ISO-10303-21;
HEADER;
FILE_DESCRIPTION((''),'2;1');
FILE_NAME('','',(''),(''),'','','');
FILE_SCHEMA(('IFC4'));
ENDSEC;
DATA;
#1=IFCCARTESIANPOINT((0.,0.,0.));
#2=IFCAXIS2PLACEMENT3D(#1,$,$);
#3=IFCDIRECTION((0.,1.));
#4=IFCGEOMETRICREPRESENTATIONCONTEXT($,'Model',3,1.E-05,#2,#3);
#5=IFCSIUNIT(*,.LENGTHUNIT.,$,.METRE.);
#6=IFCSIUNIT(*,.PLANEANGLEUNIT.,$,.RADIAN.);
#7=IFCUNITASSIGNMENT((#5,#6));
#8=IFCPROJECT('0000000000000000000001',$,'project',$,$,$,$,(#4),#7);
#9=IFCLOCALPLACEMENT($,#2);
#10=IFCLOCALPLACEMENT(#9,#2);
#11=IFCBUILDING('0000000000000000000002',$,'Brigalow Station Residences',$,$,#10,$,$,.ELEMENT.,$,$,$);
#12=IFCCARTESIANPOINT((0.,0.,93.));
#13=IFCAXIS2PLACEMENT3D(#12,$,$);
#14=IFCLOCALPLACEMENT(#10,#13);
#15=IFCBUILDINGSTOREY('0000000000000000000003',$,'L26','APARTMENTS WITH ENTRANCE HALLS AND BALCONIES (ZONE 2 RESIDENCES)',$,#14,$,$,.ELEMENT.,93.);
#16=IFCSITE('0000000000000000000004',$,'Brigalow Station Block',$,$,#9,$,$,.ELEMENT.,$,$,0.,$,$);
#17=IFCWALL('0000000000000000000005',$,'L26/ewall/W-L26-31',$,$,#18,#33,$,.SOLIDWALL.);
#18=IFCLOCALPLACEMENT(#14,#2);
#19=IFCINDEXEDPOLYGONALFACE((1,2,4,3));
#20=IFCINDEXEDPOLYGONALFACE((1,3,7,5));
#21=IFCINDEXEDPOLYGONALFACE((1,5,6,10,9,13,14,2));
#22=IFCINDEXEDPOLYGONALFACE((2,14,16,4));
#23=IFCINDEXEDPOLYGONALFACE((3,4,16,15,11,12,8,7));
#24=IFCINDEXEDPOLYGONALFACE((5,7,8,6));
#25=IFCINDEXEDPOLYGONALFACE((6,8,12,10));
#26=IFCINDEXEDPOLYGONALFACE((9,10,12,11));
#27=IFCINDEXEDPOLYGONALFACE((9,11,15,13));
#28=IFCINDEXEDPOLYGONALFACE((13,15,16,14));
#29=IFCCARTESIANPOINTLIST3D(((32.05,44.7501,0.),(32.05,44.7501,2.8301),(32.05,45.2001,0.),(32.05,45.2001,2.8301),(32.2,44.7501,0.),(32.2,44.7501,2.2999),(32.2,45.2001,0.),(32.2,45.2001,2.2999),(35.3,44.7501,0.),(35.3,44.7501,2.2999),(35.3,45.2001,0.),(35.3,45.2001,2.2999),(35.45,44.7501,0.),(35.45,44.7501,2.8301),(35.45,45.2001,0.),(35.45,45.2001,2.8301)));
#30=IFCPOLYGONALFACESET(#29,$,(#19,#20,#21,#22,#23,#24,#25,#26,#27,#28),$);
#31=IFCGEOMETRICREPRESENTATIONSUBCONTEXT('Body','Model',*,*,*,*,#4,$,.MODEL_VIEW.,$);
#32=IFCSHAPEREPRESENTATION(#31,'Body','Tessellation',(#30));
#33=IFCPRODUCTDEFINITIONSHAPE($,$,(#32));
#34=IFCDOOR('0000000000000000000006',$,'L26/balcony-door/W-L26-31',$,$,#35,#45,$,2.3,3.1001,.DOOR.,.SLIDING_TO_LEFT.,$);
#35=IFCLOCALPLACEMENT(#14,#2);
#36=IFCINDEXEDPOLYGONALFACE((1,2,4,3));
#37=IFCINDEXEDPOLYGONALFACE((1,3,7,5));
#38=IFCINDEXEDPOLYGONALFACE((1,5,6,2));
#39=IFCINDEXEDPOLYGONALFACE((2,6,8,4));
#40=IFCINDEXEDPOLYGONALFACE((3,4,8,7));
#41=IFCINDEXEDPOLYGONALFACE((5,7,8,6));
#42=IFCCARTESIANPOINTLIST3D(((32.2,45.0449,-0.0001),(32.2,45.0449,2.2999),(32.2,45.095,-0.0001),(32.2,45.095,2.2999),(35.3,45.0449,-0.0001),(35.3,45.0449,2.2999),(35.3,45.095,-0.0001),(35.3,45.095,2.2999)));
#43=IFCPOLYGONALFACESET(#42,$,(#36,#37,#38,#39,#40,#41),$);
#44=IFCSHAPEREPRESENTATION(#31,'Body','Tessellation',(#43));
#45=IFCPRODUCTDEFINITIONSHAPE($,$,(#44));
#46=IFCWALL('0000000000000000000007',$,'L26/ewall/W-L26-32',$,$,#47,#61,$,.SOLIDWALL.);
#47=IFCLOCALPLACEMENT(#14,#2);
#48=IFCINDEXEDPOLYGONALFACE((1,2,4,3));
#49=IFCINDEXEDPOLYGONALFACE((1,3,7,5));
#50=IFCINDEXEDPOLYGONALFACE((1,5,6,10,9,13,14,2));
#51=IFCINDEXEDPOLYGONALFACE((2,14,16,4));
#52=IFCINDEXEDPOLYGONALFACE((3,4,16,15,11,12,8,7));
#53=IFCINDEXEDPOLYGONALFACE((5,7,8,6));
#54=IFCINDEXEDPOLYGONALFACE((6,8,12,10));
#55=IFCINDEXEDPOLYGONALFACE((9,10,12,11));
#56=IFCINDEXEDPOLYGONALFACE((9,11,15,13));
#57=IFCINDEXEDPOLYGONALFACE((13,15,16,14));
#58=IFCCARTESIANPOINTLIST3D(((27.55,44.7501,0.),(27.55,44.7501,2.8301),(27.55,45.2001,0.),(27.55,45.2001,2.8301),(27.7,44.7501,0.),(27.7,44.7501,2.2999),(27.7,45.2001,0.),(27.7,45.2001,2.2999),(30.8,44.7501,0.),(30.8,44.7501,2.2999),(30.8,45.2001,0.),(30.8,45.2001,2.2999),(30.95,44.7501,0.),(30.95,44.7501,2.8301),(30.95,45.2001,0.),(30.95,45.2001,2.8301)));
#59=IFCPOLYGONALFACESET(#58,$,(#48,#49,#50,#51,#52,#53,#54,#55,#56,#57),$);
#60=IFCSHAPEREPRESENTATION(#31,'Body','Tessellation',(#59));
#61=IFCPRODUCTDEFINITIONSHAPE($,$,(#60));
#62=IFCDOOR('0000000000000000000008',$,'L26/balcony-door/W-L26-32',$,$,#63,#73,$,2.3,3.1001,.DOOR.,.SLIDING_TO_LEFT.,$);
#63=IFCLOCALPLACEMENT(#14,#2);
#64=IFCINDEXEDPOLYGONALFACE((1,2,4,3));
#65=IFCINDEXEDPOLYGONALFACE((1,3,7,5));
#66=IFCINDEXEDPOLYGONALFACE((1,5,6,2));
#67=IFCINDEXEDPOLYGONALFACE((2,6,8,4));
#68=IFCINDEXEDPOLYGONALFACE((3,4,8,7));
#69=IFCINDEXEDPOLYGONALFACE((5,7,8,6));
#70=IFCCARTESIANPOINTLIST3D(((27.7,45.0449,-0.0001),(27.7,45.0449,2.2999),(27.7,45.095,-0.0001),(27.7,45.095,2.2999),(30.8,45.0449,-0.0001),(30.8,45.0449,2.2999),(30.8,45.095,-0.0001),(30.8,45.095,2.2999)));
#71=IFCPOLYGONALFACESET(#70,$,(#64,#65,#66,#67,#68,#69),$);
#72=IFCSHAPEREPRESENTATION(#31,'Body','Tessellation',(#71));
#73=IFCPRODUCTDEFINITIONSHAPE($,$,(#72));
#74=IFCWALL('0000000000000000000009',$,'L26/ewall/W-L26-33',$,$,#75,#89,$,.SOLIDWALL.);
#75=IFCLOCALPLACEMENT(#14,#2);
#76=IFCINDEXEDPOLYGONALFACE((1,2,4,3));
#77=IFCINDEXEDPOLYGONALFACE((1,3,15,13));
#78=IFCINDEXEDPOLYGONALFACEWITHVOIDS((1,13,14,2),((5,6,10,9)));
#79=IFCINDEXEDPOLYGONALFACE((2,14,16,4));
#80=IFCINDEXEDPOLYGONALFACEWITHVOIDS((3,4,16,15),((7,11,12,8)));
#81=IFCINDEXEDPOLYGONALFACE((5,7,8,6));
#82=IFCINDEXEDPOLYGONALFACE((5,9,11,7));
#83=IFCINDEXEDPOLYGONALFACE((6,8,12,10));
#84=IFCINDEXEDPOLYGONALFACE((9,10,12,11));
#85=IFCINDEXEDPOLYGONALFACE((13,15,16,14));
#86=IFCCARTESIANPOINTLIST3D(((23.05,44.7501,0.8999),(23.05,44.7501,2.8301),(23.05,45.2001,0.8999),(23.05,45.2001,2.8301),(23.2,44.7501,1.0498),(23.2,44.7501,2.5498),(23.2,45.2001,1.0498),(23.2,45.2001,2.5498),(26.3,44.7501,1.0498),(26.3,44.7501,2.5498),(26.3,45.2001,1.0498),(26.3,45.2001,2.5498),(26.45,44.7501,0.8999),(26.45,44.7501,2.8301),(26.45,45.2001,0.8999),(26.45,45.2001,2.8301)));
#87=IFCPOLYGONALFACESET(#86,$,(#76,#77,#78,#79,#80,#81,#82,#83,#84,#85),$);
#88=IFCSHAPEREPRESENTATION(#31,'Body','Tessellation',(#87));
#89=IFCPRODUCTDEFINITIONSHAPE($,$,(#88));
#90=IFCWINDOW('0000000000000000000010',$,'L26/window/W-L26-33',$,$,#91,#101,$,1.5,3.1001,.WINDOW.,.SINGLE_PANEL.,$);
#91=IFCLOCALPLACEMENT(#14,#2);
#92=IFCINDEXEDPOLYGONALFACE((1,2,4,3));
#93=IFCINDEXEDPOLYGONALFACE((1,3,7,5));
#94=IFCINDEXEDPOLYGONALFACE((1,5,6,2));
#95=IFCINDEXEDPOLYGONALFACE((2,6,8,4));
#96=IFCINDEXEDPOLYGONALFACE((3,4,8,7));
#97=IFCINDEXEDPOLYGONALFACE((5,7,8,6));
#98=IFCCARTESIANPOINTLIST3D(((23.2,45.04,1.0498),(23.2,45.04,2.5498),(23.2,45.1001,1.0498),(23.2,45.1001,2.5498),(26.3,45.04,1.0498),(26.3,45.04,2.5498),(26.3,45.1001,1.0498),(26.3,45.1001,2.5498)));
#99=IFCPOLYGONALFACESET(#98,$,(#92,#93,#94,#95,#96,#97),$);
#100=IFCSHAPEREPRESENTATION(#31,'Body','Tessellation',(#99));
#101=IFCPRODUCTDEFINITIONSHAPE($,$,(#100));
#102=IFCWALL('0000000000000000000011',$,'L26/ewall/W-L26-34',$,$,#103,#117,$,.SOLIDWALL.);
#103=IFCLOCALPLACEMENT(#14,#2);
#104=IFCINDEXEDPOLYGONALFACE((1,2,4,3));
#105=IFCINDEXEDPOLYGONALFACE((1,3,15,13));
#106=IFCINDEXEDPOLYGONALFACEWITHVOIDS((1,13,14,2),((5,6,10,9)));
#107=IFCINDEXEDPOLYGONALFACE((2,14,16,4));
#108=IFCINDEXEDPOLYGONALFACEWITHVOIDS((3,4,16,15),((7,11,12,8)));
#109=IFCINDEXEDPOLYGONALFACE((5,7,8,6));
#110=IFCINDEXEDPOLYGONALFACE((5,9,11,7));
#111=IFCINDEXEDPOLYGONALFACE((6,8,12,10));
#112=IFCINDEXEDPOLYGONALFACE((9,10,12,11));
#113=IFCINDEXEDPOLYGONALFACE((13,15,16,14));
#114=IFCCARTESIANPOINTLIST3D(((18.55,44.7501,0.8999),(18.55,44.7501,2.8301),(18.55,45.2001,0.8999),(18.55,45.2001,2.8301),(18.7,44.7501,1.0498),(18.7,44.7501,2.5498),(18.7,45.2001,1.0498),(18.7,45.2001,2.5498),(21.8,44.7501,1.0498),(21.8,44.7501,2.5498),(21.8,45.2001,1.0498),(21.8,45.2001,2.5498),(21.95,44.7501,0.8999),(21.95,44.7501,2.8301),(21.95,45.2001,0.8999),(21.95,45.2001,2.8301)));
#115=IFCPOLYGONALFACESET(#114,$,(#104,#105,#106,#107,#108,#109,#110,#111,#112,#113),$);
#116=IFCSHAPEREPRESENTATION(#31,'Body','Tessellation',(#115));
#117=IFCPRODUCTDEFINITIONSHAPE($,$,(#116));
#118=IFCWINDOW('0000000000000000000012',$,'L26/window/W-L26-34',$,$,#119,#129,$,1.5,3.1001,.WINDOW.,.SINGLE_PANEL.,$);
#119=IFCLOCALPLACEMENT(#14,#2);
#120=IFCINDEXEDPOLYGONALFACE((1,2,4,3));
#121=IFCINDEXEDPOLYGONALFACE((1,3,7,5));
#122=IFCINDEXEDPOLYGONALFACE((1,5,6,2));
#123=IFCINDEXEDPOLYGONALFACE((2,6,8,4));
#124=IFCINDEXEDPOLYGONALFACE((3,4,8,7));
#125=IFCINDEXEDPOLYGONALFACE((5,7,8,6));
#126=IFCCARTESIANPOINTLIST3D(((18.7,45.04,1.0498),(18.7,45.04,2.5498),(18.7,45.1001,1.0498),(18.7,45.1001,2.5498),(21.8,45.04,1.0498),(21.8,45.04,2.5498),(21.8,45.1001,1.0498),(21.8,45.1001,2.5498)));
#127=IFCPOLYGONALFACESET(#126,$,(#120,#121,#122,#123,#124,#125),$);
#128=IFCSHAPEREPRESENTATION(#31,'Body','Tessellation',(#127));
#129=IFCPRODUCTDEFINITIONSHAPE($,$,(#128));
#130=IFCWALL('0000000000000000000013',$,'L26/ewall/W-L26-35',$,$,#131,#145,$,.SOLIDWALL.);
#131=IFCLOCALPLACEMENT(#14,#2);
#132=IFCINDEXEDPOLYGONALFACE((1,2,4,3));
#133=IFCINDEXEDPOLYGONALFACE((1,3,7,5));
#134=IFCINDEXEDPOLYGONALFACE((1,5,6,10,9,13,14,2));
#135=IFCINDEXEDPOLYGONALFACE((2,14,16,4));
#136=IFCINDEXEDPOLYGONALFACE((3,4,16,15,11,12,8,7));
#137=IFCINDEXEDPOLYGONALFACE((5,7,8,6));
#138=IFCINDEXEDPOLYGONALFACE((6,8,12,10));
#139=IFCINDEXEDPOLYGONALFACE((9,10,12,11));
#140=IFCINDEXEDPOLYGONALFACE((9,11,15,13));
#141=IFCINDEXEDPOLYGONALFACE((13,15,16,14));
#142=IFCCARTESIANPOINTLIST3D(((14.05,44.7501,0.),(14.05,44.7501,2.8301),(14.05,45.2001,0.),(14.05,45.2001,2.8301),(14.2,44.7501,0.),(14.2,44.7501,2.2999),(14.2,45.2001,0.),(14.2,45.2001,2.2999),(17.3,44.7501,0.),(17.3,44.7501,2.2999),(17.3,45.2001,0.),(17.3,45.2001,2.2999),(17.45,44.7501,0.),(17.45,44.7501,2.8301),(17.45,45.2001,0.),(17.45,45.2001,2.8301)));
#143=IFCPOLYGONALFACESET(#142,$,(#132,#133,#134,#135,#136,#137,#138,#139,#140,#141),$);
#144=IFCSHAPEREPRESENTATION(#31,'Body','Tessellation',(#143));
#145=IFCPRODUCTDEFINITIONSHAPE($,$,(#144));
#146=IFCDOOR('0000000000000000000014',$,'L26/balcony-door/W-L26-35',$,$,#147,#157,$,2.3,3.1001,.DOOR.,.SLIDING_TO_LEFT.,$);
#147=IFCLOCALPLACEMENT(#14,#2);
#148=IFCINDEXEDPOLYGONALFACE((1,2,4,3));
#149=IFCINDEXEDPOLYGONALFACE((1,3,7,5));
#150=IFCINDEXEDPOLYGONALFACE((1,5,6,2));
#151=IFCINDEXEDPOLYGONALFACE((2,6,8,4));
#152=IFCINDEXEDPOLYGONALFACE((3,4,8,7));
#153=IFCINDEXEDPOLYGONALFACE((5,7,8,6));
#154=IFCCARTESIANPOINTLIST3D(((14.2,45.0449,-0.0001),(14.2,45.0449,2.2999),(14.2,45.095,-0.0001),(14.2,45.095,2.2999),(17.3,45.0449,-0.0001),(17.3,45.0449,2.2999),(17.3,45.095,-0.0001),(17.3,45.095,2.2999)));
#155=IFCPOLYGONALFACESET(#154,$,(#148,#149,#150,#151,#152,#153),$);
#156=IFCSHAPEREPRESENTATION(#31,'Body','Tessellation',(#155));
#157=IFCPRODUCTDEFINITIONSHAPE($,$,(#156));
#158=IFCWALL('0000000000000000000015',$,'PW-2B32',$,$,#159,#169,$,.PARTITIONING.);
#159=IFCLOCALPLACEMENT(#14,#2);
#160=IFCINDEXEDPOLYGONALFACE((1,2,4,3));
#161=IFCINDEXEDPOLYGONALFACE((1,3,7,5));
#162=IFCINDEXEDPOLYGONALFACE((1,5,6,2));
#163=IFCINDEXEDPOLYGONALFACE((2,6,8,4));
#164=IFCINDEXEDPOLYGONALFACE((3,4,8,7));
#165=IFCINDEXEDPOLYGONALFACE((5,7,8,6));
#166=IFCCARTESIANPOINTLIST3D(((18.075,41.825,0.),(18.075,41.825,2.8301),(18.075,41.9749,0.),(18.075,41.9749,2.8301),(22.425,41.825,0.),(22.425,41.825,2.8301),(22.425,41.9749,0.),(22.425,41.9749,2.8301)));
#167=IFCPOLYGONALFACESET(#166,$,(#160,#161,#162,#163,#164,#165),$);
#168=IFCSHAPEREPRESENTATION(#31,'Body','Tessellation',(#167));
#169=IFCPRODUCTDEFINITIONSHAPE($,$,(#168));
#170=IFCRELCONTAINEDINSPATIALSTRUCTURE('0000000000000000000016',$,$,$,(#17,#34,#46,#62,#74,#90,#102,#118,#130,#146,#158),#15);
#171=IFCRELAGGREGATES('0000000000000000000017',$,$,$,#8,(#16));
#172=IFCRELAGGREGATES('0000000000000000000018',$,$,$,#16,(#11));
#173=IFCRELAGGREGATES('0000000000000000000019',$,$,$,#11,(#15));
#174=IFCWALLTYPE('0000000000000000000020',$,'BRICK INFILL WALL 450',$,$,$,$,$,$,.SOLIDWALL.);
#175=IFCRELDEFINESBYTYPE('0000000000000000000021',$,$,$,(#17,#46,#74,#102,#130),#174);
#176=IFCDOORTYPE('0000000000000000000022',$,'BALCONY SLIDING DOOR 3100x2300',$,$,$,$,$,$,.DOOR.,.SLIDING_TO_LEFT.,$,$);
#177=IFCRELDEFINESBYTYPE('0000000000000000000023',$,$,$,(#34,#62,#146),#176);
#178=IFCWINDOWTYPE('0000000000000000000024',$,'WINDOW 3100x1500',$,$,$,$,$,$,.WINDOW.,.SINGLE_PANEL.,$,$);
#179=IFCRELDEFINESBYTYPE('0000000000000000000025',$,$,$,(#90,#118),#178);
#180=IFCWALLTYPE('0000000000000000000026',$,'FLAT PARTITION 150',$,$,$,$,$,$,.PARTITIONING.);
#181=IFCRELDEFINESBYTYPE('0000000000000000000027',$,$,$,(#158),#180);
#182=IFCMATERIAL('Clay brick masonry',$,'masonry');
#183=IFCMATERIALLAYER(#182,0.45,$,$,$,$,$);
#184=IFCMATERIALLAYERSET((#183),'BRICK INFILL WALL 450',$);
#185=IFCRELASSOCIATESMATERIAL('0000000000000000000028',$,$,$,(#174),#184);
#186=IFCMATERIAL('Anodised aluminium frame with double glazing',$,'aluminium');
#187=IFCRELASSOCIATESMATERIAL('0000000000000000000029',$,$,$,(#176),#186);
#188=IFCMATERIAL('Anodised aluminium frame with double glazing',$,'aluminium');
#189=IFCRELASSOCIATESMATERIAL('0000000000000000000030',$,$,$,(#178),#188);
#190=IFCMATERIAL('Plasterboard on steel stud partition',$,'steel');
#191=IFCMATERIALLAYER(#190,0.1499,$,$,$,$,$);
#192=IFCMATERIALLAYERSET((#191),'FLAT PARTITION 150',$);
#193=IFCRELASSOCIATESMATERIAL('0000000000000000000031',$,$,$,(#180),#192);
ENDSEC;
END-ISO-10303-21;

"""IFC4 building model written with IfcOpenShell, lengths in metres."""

from ifc_helpers import new_model, si_unit, direction, frame, frame_2d, origin, place, context, subcontext, project, spatial, rectangle, extrude, material, layer, layer_set, type_object, element, fill, save


model = new_model("IFC4")

# Units and contexts
model_context = context("Model", 3, precision=1e-05, world=origin(), true_north=direction((0.0, 1.0)))
body_context = subcontext(model_context, "Body", "Model", "MODEL_VIEW")
ifc_project = project(units=[si_unit("LENGTHUNIT", "METRE"), si_unit("PLANEANGLEUNIT", "RADIAN")], contexts=[model_context])

# Site, building, storey
site_placement = place(None, origin())
site = spatial("IfcSite", under=ifc_project, at=site_placement, Name="Brigalow Station Block", CompositionType="ELEMENT", RefElevation=0.0)
building_placement = place(site_placement, origin())
building = spatial("IfcBuilding", under=site, at=building_placement, Name="Brigalow Station Residences", CompositionType="ELEMENT")
storey_placement = place(building_placement, frame((0.0, 0.0, 93.0)))
storey = spatial("IfcBuildingStorey", under=building, at=storey_placement, Name="L26", Description="APARTMENTS WITH ENTRANCE HALLS AND BALCONIES (ZONE 2 RESIDENCES)", CompositionType="ELEMENT", Elevation=93.0)

# Walls, openings, doors
ifc_material_1 = material(Name="Clay brick masonry", Category="masonry")
ifc_layer_1 = layer(ifc_material_1, 0.45)
ifc_layer_set_1 = layer_set([ifc_layer_1], Name="BRICK INFILL WALL 450")
wall_type_1 = type_object("IfcWallType", Name="BRICK INFILL WALL 450", PredefinedType="SOLIDWALL", material=ifc_layer_set_1)
wall_1_placement = place(storey_placement, frame((35.45, 44.9751, 0.0), z_axis=(0.0, 0.0, 1.0), x_axis=(-1.0, 0.0, 0.0)))
wall_1 = element("IfcWall", 1, at=wall_1_placement, inside=storey, type_object=wall_type_1, Name="L26/ewall/W-L26-31", PredefinedType="SOLIDWALL", context=body_context, shape_type="SweptSolid", body=[
    extrude(rectangle(XDim=3.3999, YDim=0.45, at=frame_2d((1.7, 0.0))), origin(), (0.0, 0.0, 1.0), 2.8301),
])
opening_1_placement = place(wall_1_placement, frame((0.1499, 0.0, 0.0)))
opening_1 = element("IfcOpeningElement", 2, at=opening_1_placement, cuts=wall_1, PredefinedType="OPENING", context=body_context, shape_type="SweptSolid", body=[
    extrude(rectangle(XDim=3.1001, YDim=2.3, at=frame_2d((1.55, 1.1499))), frame((0.0, 0.2349, 0.0), z_axis=(0.0, -1.0, 0.0), x_axis=(1.0, 0.0, 0.0)), (0.0, 0.0, 1.0), 0.47),
])
ifc_material_2 = material(Name="Anodised aluminium frame with double glazing", Category="aluminium")
door_type_1 = type_object("IfcDoorType", Name="BALCONY SLIDING DOOR 3100x2300", OperationType="SLIDING_TO_LEFT", PredefinedType="DOOR", material=ifc_material_2)
door_1_placement = place(opening_1_placement, origin())
door_1 = element("IfcDoor", 3, at=door_1_placement, inside=storey, type_object=door_type_1, Name="L26/balcony-door/W-L26-31", OperationType="SLIDING_TO_LEFT", OverallHeight=2.3, OverallWidth=3.1001, PredefinedType="DOOR", context=body_context, shape_type="SweptSolid", body=[
    extrude(rectangle(XDim=3.1001, YDim=2.3, at=frame_2d((1.55, 1.1499))), frame((0.0, -0.0698, 0.0), z_axis=(0.0, -1.0, 0.0), x_axis=(1.0, 0.0, 0.0)), (0.0, 0.0, 1.0), 0.05),
])
fill(opening_1, door_1)
wall_2_placement = place(storey_placement, frame((30.95, 44.9751, 0.0), z_axis=(0.0, 0.0, 1.0), x_axis=(-1.0, 0.0, 0.0)))
wall_2 = element("IfcWall", 4, at=wall_2_placement, inside=storey, type_object=wall_type_1, Name="L26/ewall/W-L26-32", PredefinedType="SOLIDWALL", context=body_context, shape_type="SweptSolid", body=[
    extrude(rectangle(XDim=3.3999, YDim=0.45, at=frame_2d((1.7, 0.0))), origin(), (0.0, 0.0, 1.0), 2.8301),
])
opening_2_placement = place(wall_2_placement, frame((0.1499, 0.0, 0.0)))
opening_2 = element("IfcOpeningElement", 5, at=opening_2_placement, cuts=wall_2, PredefinedType="OPENING", context=body_context, shape_type="SweptSolid", body=[
    extrude(rectangle(XDim=3.1001, YDim=2.3, at=frame_2d((1.55, 1.1499))), frame((0.0, 0.2349, 0.0), z_axis=(0.0, -1.0, 0.0), x_axis=(1.0, 0.0, 0.0)), (0.0, 0.0, 1.0), 0.47),
])
door_2_placement = place(opening_2_placement, origin())
door_2 = element("IfcDoor", 6, at=door_2_placement, inside=storey, type_object=door_type_1, Name="L26/balcony-door/W-L26-32", OperationType="SLIDING_TO_LEFT", OverallHeight=2.3, OverallWidth=3.1001, PredefinedType="DOOR", context=body_context, shape_type="SweptSolid", body=[
    extrude(rectangle(XDim=3.1001, YDim=2.3, at=frame_2d((1.55, 1.1499))), frame((0.0, -0.0698, 0.0), z_axis=(0.0, -1.0, 0.0), x_axis=(1.0, 0.0, 0.0)), (0.0, 0.0, 1.0), 0.05),
])
fill(opening_2, door_2)

# Walls, openings, windows
wall_3_placement = place(storey_placement, frame((26.45, 44.9751, 0.8999), z_axis=(0.0, 0.0, 1.0), x_axis=(-1.0, 0.0, 0.0)))
wall_3 = element("IfcWall", 7, at=wall_3_placement, inside=storey, type_object=wall_type_1, Name="L26/ewall/W-L26-33", PredefinedType="SOLIDWALL", context=body_context, shape_type="SweptSolid", body=[
    extrude(rectangle(XDim=3.3999, YDim=0.45, at=frame_2d((1.7, 0.0))), origin(), (0.0, 0.0, 1.0), 1.9302),
])
opening_3_placement = place(wall_3_placement, frame((0.1499, 0.0, 0.1499)))
opening_3 = element("IfcOpeningElement", 8, at=opening_3_placement, cuts=wall_3, PredefinedType="OPENING", context=body_context, shape_type="SweptSolid", body=[
    extrude(rectangle(XDim=3.1001, YDim=1.5, at=frame_2d((1.55, 0.75))), frame((0.0, 0.2349, 0.0), z_axis=(0.0, -1.0, 0.0), x_axis=(1.0, 0.0, 0.0)), (0.0, 0.0, 1.0), 0.47),
])
ifc_material_3 = material(Name="Anodised aluminium frame with double glazing", Category="aluminium")
window_type = type_object("IfcWindowType", Name="WINDOW 3100x1500", PartitioningType="SINGLE_PANEL", PredefinedType="WINDOW", material=ifc_material_3)
window_1_placement = place(opening_3_placement, origin())
window_1 = element("IfcWindow", 9, at=window_1_placement, inside=storey, type_object=window_type, Name="L26/window/W-L26-33", OverallHeight=1.5, OverallWidth=3.1001, PartitioningType="SINGLE_PANEL", PredefinedType="WINDOW", context=body_context, shape_type="SweptSolid", body=[
    extrude(rectangle(XDim=3.1001, YDim=1.5, at=frame_2d((1.55, 0.75))), frame((0.0, -0.0649, 0.0), z_axis=(0.0, -1.0, 0.0), x_axis=(1.0, 0.0, 0.0)), (0.0, 0.0, 1.0), 0.0601),
])
fill(opening_3, window_1)
wall_4_placement = place(storey_placement, frame((21.95, 44.9751, 0.8999), z_axis=(0.0, 0.0, 1.0), x_axis=(-1.0, 0.0, 0.0)))
wall_4 = element("IfcWall", 10, at=wall_4_placement, inside=storey, type_object=wall_type_1, Name="L26/ewall/W-L26-34", PredefinedType="SOLIDWALL", context=body_context, shape_type="SweptSolid", body=[
    extrude(rectangle(XDim=3.3999, YDim=0.45, at=frame_2d((1.7, 0.0))), origin(), (0.0, 0.0, 1.0), 1.9302),
])
opening_4_placement = place(wall_4_placement, frame((0.1499, 0.0, 0.1499)))
opening_4 = element("IfcOpeningElement", 11, at=opening_4_placement, cuts=wall_4, PredefinedType="OPENING", context=body_context, shape_type="SweptSolid", body=[
    extrude(rectangle(XDim=3.1001, YDim=1.5, at=frame_2d((1.55, 0.75))), frame((0.0, 0.2349, 0.0), z_axis=(0.0, -1.0, 0.0), x_axis=(1.0, 0.0, 0.0)), (0.0, 0.0, 1.0), 0.47),
])
window_2_placement = place(opening_4_placement, origin())
window_2 = element("IfcWindow", 12, at=window_2_placement, inside=storey, type_object=window_type, Name="L26/window/W-L26-34", OverallHeight=1.5, OverallWidth=3.1001, PartitioningType="SINGLE_PANEL", PredefinedType="WINDOW", context=body_context, shape_type="SweptSolid", body=[
    extrude(rectangle(XDim=3.1001, YDim=1.5, at=frame_2d((1.55, 0.75))), frame((0.0, -0.0649, 0.0), z_axis=(0.0, -1.0, 0.0), x_axis=(1.0, 0.0, 0.0)), (0.0, 0.0, 1.0), 0.0601),
])
fill(opening_4, window_2)

# Wall, opening, door
wall_5_placement = place(storey_placement, frame((17.45, 44.9751, 0.0), z_axis=(0.0, 0.0, 1.0), x_axis=(-1.0, 0.0, 0.0)))
wall_5 = element("IfcWall", 13, at=wall_5_placement, inside=storey, type_object=wall_type_1, Name="L26/ewall/W-L26-35", PredefinedType="SOLIDWALL", context=body_context, shape_type="SweptSolid", body=[
    extrude(rectangle(XDim=3.3999, YDim=0.45, at=frame_2d((1.7, 0.0))), origin(), (0.0, 0.0, 1.0), 2.8301),
])
opening_5_placement = place(wall_5_placement, frame((0.1499, 0.0, 0.0)))
opening_5 = element("IfcOpeningElement", 14, at=opening_5_placement, cuts=wall_5, PredefinedType="OPENING", context=body_context, shape_type="SweptSolid", body=[
    extrude(rectangle(XDim=3.1001, YDim=2.3, at=frame_2d((1.55, 1.1499))), frame((0.0, 0.2349, 0.0), z_axis=(0.0, -1.0, 0.0), x_axis=(1.0, 0.0, 0.0)), (0.0, 0.0, 1.0), 0.47),
])
door_3_placement = place(opening_5_placement, origin())
door_3 = element("IfcDoor", 15, at=door_3_placement, inside=storey, type_object=door_type_1, Name="L26/balcony-door/W-L26-35", OperationType="SLIDING_TO_LEFT", OverallHeight=2.3, OverallWidth=3.1001, PredefinedType="DOOR", context=body_context, shape_type="SweptSolid", body=[
    extrude(rectangle(XDim=3.1001, YDim=2.3, at=frame_2d((1.55, 1.1499))), frame((0.0, -0.0698, 0.0), z_axis=(0.0, -1.0, 0.0), x_axis=(1.0, 0.0, 0.0)), (0.0, 0.0, 1.0), 0.05),
])
fill(opening_5, door_3)

# Wall
ifc_material_4 = material(Name="Plasterboard on steel stud partition", Category="steel")
ifc_layer_2 = layer(ifc_material_4, 0.1499)
ifc_layer_set_2 = layer_set([ifc_layer_2], Name="FLAT PARTITION 150")
wall_type_2 = type_object("IfcWallType", Name="FLAT PARTITION 150", PredefinedType="PARTITIONING", material=ifc_layer_set_2)
wall_6_placement = place(storey_placement, frame((18.075, 41.8999, 0.0), z_axis=(0.0, 0.0, 1.0), x_axis=(1.0, 0.0, 0.0)))
element("IfcWall", 16, at=wall_6_placement, inside=storey, type_object=wall_type_2, Name="PW-2B32", PredefinedType="PARTITIONING", context=body_context, shape_type="SweptSolid", body=[
    extrude(rectangle(XDim=4.3501, YDim=0.1499, at=frame_2d((2.175, 0.0))), origin(), (0.0, 0.0, 1.0), 2.8301),
])

save(model, "model.ifc")
